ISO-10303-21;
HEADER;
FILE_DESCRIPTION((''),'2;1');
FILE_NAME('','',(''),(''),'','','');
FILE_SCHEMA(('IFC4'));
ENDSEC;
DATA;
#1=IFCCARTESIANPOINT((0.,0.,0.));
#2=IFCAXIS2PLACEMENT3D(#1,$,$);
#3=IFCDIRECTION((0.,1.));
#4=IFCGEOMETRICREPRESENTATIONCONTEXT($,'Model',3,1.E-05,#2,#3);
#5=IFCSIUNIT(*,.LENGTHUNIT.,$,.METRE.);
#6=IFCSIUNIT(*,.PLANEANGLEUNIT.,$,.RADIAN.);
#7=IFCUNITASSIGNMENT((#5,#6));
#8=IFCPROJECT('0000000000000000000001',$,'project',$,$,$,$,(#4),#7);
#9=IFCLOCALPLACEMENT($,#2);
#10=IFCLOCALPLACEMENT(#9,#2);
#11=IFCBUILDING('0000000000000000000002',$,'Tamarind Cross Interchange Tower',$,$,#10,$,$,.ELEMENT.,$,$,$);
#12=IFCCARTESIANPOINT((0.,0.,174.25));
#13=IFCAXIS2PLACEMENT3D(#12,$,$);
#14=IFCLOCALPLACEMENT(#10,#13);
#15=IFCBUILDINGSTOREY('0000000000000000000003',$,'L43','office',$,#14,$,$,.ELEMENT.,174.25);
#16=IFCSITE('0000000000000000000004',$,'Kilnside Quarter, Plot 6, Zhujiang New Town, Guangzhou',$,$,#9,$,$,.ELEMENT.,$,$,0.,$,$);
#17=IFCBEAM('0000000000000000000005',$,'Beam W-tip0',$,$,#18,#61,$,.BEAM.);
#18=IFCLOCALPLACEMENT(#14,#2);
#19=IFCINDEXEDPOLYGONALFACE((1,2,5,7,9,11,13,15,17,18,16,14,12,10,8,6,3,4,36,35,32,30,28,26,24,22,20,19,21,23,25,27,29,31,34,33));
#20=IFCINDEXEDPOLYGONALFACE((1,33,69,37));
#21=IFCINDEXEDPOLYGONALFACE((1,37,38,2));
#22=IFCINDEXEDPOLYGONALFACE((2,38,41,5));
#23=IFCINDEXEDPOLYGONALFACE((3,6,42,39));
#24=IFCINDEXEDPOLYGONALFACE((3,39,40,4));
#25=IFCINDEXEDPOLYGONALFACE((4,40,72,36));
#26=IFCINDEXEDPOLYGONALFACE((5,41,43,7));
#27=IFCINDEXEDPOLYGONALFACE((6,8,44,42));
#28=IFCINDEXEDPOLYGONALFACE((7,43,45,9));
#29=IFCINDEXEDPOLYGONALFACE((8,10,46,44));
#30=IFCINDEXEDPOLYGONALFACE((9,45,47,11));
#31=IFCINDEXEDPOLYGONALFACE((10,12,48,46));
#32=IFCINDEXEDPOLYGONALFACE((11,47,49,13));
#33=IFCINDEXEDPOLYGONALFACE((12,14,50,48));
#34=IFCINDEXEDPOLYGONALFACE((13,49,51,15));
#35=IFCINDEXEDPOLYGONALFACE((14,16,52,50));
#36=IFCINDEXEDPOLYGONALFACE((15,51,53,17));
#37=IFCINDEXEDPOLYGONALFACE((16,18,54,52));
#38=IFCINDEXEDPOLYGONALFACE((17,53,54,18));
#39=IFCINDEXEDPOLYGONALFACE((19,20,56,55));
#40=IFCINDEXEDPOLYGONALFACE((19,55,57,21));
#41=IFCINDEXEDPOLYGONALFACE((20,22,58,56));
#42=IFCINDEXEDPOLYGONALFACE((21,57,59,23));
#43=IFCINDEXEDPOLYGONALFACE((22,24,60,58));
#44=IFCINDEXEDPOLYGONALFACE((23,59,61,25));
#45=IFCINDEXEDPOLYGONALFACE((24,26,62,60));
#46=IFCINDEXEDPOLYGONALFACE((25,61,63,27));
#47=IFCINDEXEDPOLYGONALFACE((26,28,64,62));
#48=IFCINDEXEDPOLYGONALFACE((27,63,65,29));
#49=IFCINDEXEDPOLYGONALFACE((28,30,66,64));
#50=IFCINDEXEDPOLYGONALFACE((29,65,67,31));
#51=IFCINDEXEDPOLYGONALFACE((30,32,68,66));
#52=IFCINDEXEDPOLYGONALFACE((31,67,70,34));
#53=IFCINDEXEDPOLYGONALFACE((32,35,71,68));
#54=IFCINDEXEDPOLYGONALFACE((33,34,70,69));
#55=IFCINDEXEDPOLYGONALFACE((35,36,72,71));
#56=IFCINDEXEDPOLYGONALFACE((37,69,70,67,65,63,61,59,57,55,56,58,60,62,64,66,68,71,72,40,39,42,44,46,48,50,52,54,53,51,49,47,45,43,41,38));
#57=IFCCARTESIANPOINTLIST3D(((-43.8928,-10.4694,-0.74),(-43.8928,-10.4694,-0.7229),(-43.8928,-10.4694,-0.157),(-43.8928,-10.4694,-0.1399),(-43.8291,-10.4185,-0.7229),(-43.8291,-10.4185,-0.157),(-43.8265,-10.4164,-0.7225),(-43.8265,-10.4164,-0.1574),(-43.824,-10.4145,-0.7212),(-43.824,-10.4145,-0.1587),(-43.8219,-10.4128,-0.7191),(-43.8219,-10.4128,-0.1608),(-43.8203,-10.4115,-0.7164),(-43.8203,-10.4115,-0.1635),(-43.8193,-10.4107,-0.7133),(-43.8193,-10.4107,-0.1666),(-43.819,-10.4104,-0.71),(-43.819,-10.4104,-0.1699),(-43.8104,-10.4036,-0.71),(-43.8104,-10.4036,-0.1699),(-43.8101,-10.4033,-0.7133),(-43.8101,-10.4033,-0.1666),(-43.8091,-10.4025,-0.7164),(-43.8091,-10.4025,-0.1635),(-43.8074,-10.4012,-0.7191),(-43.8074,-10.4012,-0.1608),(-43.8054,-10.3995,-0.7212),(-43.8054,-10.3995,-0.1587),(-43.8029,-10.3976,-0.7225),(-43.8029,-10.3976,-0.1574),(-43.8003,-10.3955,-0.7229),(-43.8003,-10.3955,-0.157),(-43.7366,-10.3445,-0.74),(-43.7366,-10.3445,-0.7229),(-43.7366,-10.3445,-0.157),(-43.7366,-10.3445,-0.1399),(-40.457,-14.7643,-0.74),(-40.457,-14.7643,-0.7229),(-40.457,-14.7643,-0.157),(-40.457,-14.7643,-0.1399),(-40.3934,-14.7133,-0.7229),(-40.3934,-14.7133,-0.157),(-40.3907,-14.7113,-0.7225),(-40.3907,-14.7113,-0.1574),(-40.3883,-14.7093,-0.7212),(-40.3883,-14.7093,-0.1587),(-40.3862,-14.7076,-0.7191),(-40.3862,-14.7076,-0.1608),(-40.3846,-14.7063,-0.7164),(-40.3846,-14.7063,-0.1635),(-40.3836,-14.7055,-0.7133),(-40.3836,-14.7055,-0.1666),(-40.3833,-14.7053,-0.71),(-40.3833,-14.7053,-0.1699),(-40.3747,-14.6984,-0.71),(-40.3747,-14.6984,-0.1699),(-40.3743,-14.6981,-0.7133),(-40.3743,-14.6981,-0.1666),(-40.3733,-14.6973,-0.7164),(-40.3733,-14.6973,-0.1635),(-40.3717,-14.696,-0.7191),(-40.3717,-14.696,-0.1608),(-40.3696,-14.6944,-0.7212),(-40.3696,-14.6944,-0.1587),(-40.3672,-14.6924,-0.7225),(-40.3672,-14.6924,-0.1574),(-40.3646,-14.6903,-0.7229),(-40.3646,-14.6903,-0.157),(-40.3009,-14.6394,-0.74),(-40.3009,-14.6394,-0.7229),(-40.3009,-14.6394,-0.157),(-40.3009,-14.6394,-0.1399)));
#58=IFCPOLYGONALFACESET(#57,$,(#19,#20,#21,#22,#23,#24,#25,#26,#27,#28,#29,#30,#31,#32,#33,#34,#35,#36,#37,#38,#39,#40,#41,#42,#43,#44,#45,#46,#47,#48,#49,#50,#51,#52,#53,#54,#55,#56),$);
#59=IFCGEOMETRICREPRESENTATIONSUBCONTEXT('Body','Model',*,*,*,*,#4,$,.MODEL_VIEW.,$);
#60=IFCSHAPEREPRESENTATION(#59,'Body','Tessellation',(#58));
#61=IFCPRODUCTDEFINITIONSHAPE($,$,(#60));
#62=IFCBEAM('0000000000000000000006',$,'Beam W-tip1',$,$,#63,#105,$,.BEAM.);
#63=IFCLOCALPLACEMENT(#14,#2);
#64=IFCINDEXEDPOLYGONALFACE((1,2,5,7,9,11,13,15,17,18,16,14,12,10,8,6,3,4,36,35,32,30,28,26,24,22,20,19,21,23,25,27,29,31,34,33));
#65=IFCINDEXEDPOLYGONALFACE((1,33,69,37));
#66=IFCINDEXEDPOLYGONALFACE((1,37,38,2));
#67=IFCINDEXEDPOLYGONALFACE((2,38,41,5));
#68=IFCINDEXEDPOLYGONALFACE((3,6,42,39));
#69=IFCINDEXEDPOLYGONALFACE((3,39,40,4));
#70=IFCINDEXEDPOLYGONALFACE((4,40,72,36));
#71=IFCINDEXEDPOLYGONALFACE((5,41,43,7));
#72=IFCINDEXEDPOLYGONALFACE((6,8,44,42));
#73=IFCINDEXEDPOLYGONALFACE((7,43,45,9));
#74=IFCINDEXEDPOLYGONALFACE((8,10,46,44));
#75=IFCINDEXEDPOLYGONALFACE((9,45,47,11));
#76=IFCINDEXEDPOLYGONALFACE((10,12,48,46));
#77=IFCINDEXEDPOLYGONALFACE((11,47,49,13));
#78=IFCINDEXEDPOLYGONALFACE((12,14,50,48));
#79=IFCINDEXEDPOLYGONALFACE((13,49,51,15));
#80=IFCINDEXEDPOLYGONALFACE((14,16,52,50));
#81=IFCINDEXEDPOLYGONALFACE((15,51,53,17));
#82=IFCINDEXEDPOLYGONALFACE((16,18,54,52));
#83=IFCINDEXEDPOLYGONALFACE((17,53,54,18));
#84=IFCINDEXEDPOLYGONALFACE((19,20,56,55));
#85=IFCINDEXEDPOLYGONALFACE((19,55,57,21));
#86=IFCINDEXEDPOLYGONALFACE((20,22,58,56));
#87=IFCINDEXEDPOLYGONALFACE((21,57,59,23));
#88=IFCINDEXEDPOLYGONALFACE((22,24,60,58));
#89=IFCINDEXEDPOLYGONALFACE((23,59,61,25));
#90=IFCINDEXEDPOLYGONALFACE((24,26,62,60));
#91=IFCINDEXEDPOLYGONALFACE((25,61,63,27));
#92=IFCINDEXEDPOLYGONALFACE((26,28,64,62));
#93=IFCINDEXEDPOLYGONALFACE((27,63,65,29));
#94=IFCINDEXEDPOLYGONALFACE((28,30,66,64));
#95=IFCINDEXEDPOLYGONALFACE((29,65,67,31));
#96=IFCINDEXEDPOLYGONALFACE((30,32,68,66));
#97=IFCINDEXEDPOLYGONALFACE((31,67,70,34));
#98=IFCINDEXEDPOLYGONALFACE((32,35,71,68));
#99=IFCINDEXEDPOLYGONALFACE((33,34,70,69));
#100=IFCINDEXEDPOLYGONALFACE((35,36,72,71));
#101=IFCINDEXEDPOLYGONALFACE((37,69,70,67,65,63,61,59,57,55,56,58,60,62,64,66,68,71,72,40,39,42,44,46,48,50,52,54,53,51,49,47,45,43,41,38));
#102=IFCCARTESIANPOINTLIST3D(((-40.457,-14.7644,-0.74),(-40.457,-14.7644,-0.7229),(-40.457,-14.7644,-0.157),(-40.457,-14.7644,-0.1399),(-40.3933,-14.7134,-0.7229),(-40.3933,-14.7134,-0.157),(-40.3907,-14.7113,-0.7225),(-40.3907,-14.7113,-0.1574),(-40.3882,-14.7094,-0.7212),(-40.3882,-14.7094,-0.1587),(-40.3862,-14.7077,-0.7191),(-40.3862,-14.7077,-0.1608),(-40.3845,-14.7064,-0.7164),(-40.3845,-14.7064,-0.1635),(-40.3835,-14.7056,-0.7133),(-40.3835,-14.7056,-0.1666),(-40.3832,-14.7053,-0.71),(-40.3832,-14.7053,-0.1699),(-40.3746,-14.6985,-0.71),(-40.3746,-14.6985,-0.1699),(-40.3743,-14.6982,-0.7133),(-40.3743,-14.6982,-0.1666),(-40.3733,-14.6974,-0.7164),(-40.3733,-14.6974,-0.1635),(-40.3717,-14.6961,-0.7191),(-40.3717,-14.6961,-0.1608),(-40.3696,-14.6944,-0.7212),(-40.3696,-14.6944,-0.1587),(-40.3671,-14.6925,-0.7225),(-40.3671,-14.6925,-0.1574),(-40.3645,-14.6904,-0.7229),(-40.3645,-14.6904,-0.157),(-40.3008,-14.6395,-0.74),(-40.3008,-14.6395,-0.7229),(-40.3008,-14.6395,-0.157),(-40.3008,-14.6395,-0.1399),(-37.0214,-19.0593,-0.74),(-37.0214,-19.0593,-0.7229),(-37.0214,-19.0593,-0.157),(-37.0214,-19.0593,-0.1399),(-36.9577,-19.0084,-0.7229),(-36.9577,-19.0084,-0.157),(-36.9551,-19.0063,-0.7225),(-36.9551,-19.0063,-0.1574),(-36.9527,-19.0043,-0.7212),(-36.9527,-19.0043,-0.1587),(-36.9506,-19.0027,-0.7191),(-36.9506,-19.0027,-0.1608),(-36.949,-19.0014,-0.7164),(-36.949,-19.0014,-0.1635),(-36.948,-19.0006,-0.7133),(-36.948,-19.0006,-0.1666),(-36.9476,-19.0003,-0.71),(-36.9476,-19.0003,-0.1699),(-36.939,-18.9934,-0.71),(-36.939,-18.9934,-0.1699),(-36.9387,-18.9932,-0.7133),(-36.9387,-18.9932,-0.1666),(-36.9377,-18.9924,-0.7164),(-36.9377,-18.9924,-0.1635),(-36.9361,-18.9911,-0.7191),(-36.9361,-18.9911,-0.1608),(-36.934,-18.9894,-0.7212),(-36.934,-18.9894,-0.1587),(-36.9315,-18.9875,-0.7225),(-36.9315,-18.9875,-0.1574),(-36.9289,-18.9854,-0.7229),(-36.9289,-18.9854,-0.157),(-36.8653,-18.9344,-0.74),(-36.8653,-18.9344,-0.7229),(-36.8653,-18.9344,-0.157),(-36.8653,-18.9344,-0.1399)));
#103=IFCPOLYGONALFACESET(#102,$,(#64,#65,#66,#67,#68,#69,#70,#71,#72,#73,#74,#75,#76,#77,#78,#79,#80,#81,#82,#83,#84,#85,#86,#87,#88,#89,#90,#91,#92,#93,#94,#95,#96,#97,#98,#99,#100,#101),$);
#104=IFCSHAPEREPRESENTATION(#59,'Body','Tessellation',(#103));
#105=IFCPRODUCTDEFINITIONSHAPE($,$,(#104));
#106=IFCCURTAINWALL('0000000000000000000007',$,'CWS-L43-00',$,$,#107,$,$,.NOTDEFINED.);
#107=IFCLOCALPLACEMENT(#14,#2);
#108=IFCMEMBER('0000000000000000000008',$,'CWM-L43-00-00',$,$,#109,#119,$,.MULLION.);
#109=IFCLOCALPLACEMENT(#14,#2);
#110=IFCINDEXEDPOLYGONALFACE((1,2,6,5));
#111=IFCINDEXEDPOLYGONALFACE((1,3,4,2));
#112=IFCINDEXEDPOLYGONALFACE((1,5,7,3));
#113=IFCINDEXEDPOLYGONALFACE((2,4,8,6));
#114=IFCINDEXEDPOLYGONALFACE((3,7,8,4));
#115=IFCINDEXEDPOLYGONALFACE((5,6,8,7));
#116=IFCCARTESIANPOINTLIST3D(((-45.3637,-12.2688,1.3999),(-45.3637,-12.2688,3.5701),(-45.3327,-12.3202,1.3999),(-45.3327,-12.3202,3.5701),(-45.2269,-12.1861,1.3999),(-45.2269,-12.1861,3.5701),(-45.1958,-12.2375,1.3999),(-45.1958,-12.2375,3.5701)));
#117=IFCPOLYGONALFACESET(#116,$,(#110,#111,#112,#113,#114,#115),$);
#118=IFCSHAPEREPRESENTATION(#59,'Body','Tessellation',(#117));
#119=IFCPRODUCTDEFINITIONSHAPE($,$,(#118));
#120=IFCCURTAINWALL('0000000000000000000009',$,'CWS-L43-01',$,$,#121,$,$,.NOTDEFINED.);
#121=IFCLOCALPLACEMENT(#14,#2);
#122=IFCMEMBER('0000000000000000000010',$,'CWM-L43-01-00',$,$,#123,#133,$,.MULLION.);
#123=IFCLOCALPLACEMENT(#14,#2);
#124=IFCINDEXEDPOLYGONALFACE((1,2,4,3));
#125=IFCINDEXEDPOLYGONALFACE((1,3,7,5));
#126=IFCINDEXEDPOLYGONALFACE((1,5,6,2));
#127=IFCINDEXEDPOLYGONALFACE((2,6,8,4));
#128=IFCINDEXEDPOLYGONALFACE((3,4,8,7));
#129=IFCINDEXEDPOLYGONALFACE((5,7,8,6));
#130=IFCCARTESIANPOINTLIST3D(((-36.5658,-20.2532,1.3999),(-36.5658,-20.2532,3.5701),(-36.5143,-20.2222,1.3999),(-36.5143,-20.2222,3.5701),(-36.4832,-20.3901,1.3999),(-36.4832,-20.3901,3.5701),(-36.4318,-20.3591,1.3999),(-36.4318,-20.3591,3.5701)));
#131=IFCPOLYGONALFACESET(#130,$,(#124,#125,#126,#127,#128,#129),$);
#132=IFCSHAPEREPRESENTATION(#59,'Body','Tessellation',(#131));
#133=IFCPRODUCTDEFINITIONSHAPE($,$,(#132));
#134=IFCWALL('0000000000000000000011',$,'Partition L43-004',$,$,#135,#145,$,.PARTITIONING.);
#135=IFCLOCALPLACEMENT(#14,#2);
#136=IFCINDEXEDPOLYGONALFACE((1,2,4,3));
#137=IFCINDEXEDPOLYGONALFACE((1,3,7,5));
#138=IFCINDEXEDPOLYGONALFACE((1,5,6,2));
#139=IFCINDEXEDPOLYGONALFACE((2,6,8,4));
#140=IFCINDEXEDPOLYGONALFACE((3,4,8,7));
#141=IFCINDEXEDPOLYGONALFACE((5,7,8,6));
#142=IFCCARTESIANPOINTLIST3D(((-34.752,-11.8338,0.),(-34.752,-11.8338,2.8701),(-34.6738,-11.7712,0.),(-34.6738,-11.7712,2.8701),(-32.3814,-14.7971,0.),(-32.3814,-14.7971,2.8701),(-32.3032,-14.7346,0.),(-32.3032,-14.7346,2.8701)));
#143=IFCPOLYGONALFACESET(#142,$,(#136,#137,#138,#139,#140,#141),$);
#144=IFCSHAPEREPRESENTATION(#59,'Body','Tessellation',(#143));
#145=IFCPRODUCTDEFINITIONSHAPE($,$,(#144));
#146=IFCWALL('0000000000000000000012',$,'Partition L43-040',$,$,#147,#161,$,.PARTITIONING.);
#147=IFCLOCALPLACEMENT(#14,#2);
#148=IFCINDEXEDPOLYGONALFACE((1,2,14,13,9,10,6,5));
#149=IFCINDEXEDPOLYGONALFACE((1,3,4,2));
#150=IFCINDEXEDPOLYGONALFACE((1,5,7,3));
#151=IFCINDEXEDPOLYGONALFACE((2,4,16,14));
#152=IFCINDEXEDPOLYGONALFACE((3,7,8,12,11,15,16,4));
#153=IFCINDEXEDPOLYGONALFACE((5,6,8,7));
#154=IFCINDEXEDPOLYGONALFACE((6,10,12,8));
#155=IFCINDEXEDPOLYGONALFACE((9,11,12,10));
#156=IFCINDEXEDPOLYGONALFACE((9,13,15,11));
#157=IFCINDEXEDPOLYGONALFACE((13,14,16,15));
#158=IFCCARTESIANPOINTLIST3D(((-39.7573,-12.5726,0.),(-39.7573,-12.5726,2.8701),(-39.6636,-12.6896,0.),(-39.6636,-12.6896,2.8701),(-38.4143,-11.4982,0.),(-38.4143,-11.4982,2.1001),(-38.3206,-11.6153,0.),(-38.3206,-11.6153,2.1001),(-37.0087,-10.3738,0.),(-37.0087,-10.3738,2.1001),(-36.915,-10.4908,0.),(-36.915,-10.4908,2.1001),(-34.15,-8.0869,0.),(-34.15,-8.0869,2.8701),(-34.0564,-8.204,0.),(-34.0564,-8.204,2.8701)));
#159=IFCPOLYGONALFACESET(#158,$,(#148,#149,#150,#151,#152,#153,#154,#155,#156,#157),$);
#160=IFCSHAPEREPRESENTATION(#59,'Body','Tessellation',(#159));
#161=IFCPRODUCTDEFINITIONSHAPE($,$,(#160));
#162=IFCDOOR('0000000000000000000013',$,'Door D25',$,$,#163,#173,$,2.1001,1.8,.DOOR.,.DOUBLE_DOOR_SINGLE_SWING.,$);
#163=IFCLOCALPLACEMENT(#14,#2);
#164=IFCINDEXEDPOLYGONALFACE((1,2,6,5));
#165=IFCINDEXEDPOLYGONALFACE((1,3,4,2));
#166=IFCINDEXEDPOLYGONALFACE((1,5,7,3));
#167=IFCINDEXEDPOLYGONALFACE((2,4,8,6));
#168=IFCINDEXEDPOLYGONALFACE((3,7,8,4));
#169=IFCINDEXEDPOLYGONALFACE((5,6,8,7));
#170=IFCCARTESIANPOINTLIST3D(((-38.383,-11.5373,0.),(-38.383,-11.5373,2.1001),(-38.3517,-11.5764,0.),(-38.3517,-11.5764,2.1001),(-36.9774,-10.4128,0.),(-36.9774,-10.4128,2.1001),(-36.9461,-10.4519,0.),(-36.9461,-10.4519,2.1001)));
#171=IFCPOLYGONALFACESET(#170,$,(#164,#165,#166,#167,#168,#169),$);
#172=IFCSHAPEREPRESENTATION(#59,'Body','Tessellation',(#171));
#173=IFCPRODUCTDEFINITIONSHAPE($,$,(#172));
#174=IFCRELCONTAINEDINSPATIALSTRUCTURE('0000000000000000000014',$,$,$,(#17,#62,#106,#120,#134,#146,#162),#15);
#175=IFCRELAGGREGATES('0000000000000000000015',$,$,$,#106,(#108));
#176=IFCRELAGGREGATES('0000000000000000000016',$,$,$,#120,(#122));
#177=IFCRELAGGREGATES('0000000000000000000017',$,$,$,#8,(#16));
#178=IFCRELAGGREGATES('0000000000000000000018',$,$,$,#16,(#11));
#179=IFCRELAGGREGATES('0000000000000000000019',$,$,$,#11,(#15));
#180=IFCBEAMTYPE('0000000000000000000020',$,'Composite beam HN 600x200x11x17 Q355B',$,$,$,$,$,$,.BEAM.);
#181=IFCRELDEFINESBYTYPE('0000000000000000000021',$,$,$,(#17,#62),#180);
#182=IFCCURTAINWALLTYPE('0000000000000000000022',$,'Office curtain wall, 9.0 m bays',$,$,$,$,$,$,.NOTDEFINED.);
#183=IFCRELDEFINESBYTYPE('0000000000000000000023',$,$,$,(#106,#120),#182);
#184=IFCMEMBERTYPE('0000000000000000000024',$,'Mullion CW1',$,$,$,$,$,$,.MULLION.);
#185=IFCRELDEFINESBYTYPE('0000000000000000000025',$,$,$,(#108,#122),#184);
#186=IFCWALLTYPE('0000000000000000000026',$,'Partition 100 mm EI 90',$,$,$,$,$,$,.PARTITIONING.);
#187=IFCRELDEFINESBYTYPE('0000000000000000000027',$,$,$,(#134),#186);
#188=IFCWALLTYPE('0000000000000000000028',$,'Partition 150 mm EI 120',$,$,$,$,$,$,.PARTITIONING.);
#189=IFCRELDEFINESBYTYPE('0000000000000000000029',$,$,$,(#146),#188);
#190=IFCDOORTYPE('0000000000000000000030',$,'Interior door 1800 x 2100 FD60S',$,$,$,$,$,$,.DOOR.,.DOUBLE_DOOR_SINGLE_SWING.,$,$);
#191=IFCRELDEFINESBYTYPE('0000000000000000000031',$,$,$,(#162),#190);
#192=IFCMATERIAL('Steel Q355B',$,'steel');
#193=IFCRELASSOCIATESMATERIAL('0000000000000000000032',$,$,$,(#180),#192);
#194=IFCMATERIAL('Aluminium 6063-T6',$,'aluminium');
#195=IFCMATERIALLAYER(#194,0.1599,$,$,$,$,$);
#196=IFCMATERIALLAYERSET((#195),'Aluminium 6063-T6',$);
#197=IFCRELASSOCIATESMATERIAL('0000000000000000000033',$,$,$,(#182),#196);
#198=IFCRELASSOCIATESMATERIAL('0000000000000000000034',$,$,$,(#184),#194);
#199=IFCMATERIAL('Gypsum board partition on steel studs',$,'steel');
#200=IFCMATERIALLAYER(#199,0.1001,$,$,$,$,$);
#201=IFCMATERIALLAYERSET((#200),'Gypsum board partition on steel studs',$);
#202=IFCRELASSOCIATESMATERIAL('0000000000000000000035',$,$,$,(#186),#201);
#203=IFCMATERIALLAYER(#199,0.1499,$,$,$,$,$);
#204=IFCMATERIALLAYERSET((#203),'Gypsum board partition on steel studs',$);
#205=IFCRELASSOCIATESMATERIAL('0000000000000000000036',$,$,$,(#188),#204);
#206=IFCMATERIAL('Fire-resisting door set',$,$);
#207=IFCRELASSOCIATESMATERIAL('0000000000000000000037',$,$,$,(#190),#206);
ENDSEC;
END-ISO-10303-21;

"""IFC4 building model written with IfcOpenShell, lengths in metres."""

from ifc_helpers import new_model, si_unit, direction, frame, frame_2d, origin, origin_2d, place, context, subcontext, project, spatial, rectangle, i_section, extrude, material, layer, layer_set, material_profile, profile_set, type_object, element, fill, aggregate, save


model = new_model("IFC4")

# Units and contexts
model_context = context("Model", 3, precision=1e-05, world=origin(), true_north=direction((0.0, 1.0)))
body_context = subcontext(model_context, "Body", "Model", "MODEL_VIEW")
ifc_project = project(units=[si_unit("LENGTHUNIT", "METRE"), si_unit("PLANEANGLEUNIT", "RADIAN")], contexts=[model_context])

# Site, building, storey
site_placement = place(None, origin())
site = spatial("IfcSite", under=ifc_project, at=site_placement, Name="Kilnside Quarter, Plot 6, Zhujiang New Town, Guangzhou", CompositionType="ELEMENT", RefElevation=0.0)
building_placement = place(site_placement, origin())
building = spatial("IfcBuilding", under=site, at=building_placement, Name="Tamarind Cross Interchange Tower", CompositionType="ELEMENT")
storey_placement = place(building_placement, frame((0.0, 0.0, 174.25)))
storey = spatial("IfcBuildingStorey", under=building, at=storey_placement, Name="L43", Description="office", CompositionType="ELEMENT", Elevation=174.25)

# Beams
ifc_material_1 = material(Name="Steel Q355B", Category="steel")
ifc_material_profile_1 = material_profile(ifc_material_1, i_section(OverallWidth=0.2, OverallDepth=0.6001, WebThickness=0.011, FlangeThickness=0.0171, FilletRadius=0.0129, at=origin_2d()), Name="HN 600x200x11x17")
ifc_profile_set_1 = profile_set([ifc_material_profile_1], Name="Steel Q355B")
beam_type_1 = type_object("IfcBeamType", Name="Composite beam HN 600x200x11x17 Q355B", PredefinedType="BEAM", material=ifc_profile_set_1)
for number, where, z_axis, x_axis, name in (
    (1, (-43.8147, -10.407, -0.4399), (0.624679, -0.780882, 0.0), (0.780882, 0.624679, 0.0), "Beam W-tip0"),
    (2, (-40.3789, -14.7019, -0.4399), (0.624652, -0.780903, 0.0), (0.780903, 0.624652, 0.0), "Beam W-tip1"),
):
    element("IfcBeam", number, at=place(storey_placement, frame(where, z_axis=z_axis, x_axis=x_axis)), inside=storey, type_object=beam_type_1, Name=name, PredefinedType="BEAM", context=body_context, shape_type="SweptSolid", body=[
        extrude(i_section(OverallWidth=0.2, OverallDepth=0.6001, WebThickness=0.011, FlangeThickness=0.0171, FilletRadius=0.0129, at=origin_2d()), origin(), (0.0, 0.0, 1.0), 5.5),
    ])

# Curtain walls, members
ifc_material_2 = material(Name="Aluminium 6063-T6", Category="aluminium")
ifc_layer_1 = layer(ifc_material_2, 0.1599)
ifc_layer_set_1 = layer_set([ifc_layer_1], Name="Aluminium 6063-T6")
curtain_wall_type = type_object("IfcCurtainWallType", Name="Office curtain wall, 9.0 m bays", PredefinedType="NOTDEFINED", material=ifc_layer_set_1)
curtain_wall_1_placement = place(storey_placement, origin())
curtain_wall_1 = element("IfcCurtainWall", 3, at=curtain_wall_1_placement, inside=storey, type_object=curtain_wall_type, Name="CWS-L43-00", PredefinedType="NOTDEFINED")
ifc_material_profile_2 = material_profile(ifc_material_2, rectangle(XDim=0.0601, YDim=0.1599, at=origin_2d()), Name="Mullion CW1")
ifc_profile_set_2 = profile_set([ifc_material_profile_2], Name="Aluminium 6063-T6")
member_type = type_object("IfcMemberType", Name="Mullion CW1", PredefinedType="MULLION", material=ifc_profile_set_2)
member_1_placement = place(storey_placement, frame((-45.2798, -12.2532, 1.3999), z_axis=(0.0, 0.0, 1.0), x_axis=(0.517394, -0.855747, 0.0)))
member_1 = element("IfcMember", 4, at=member_1_placement, type_object=member_type, Name="CWM-L43-00-00", PredefinedType="MULLION", context=body_context, shape_type="SweptSolid", body=[
    extrude(rectangle(XDim=0.0601, YDim=0.1599, at=origin_2d()), origin(), (0.0, 0.0, 1.0), 2.1702),
])
aggregate(curtain_wall_1, [member_1])
curtain_wall_2_placement = place(storey_placement, origin())
curtain_wall_2 = element("IfcCurtainWall", 5, at=curtain_wall_2_placement, inside=storey, type_object=curtain_wall_type, Name="CWS-L43-01", PredefinedType="NOTDEFINED")
member_2_placement = place(storey_placement, frame((-36.4988, -20.3062, 1.3999), z_axis=(0.0, 0.0, 1.0), x_axis=(0.856455, 0.516222, 0.0)))
member_2 = element("IfcMember", 6, at=member_2_placement, type_object=member_type, Name="CWM-L43-01-00", PredefinedType="MULLION", context=body_context, shape_type="SweptSolid", body=[
    extrude(rectangle(XDim=0.0601, YDim=0.1599, at=origin_2d()), origin(), (0.0, 0.0, 1.0), 2.1702),
])
aggregate(curtain_wall_2, [member_2])

# Wall
ifc_material_3 = material(Name="Gypsum board partition on steel studs", Category="steel")
ifc_layer_2 = layer(ifc_material_3, 0.1001)
ifc_layer_set_2 = layer_set([ifc_layer_2], Name="Gypsum board partition on steel studs")
wall_type_1 = type_object("IfcWallType", Name="Partition 100 mm EI 90", PredefinedType="PARTITIONING", material=ifc_layer_set_2)
wall_1_placement = place(storey_placement, frame((-34.7129, -11.8025, 0.0), z_axis=(0.0, 0.0, 1.0), x_axis=(0.624679, -0.780881, 0.0)))
element("IfcWall", 7, at=wall_1_placement, inside=storey, type_object=wall_type_1, Name="Partition L43-004", PredefinedType="PARTITIONING", context=body_context, shape_type="SweptSolid", body=[
    extrude(rectangle(XDim=3.7949, YDim=0.1001, at=frame_2d((1.8975, 0.0))), origin(), (0.0, 0.0, 1.0), 2.8701),
])

# Wall, opening, door
ifc_layer_3 = layer(ifc_material_3, 0.1499)
ifc_layer_set_3 = layer_set([ifc_layer_3], Name="Gypsum board partition on steel studs")
wall_type_2 = type_object("IfcWallType", Name="Partition 150 mm EI 120", PredefinedType="PARTITIONING", material=ifc_layer_set_3)
wall_2_placement = place(storey_placement, frame((-39.7104, -12.6311, 0.0), z_axis=(0.0, 0.0, 1.0), x_axis=(0.780879, 0.624683, 0.0)))
wall_2 = element("IfcWall", 8, at=wall_2_placement, inside=storey, type_object=wall_type_2, Name="Partition L43-040", PredefinedType="PARTITIONING", context=body_context, shape_type="SweptSolid", body=[
    extrude(rectangle(XDim=7.1807, YDim=0.1499, at=frame_2d((3.5903, 0.0))), origin(), (0.0, 0.0, 1.0), 2.8701),
])
opening_1_placement = place(wall_2_placement, frame((1.72, 0.0, 0.0)))
opening_1 = element("IfcOpeningElement", 9, at=opening_1_placement, cuts=wall_2, PredefinedType="OPENING", context=body_context, shape_type="SweptSolid", body=[
    extrude(rectangle(XDim=1.8, YDim=2.1001, at=frame_2d((0.8999, 1.05))), frame((0.0, 0.085, 0.0), z_axis=(0.0, -1.0, 0.0), x_axis=(1.0, 0.0, 0.0)), (0.0, 0.0, 1.0), 0.1699),
])
ifc_material_4 = material(Name="Fire-resisting door set")
door_type_1 = type_object("IfcDoorType", Name="Interior door 1800 x 2100 FD60S", OperationType="DOUBLE_DOOR_SINGLE_SWING", PredefinedType="DOOR", material=ifc_material_4)
door_1_placement = place(opening_1_placement, origin())
door_1 = element("IfcDoor", 10, at=door_1_placement, inside=storey, type_object=door_type_1, Name="Door D25", OperationType="DOUBLE_DOOR_SINGLE_SWING", OverallHeight=2.1001, OverallWidth=1.8, PredefinedType="DOOR", context=body_context, shape_type="SweptSolid", body=[
    extrude(rectangle(XDim=1.8, YDim=2.1001, at=frame_2d((0.8999, 1.05))), frame((0.0, 0.0249, 0.0), z_axis=(0.0, -1.0, 0.0), x_axis=(1.0, 0.0, 0.0)), (0.0, 0.0, 1.0), 0.05),
])
fill(opening_1, door_1)

save(model, "model.ifc")
